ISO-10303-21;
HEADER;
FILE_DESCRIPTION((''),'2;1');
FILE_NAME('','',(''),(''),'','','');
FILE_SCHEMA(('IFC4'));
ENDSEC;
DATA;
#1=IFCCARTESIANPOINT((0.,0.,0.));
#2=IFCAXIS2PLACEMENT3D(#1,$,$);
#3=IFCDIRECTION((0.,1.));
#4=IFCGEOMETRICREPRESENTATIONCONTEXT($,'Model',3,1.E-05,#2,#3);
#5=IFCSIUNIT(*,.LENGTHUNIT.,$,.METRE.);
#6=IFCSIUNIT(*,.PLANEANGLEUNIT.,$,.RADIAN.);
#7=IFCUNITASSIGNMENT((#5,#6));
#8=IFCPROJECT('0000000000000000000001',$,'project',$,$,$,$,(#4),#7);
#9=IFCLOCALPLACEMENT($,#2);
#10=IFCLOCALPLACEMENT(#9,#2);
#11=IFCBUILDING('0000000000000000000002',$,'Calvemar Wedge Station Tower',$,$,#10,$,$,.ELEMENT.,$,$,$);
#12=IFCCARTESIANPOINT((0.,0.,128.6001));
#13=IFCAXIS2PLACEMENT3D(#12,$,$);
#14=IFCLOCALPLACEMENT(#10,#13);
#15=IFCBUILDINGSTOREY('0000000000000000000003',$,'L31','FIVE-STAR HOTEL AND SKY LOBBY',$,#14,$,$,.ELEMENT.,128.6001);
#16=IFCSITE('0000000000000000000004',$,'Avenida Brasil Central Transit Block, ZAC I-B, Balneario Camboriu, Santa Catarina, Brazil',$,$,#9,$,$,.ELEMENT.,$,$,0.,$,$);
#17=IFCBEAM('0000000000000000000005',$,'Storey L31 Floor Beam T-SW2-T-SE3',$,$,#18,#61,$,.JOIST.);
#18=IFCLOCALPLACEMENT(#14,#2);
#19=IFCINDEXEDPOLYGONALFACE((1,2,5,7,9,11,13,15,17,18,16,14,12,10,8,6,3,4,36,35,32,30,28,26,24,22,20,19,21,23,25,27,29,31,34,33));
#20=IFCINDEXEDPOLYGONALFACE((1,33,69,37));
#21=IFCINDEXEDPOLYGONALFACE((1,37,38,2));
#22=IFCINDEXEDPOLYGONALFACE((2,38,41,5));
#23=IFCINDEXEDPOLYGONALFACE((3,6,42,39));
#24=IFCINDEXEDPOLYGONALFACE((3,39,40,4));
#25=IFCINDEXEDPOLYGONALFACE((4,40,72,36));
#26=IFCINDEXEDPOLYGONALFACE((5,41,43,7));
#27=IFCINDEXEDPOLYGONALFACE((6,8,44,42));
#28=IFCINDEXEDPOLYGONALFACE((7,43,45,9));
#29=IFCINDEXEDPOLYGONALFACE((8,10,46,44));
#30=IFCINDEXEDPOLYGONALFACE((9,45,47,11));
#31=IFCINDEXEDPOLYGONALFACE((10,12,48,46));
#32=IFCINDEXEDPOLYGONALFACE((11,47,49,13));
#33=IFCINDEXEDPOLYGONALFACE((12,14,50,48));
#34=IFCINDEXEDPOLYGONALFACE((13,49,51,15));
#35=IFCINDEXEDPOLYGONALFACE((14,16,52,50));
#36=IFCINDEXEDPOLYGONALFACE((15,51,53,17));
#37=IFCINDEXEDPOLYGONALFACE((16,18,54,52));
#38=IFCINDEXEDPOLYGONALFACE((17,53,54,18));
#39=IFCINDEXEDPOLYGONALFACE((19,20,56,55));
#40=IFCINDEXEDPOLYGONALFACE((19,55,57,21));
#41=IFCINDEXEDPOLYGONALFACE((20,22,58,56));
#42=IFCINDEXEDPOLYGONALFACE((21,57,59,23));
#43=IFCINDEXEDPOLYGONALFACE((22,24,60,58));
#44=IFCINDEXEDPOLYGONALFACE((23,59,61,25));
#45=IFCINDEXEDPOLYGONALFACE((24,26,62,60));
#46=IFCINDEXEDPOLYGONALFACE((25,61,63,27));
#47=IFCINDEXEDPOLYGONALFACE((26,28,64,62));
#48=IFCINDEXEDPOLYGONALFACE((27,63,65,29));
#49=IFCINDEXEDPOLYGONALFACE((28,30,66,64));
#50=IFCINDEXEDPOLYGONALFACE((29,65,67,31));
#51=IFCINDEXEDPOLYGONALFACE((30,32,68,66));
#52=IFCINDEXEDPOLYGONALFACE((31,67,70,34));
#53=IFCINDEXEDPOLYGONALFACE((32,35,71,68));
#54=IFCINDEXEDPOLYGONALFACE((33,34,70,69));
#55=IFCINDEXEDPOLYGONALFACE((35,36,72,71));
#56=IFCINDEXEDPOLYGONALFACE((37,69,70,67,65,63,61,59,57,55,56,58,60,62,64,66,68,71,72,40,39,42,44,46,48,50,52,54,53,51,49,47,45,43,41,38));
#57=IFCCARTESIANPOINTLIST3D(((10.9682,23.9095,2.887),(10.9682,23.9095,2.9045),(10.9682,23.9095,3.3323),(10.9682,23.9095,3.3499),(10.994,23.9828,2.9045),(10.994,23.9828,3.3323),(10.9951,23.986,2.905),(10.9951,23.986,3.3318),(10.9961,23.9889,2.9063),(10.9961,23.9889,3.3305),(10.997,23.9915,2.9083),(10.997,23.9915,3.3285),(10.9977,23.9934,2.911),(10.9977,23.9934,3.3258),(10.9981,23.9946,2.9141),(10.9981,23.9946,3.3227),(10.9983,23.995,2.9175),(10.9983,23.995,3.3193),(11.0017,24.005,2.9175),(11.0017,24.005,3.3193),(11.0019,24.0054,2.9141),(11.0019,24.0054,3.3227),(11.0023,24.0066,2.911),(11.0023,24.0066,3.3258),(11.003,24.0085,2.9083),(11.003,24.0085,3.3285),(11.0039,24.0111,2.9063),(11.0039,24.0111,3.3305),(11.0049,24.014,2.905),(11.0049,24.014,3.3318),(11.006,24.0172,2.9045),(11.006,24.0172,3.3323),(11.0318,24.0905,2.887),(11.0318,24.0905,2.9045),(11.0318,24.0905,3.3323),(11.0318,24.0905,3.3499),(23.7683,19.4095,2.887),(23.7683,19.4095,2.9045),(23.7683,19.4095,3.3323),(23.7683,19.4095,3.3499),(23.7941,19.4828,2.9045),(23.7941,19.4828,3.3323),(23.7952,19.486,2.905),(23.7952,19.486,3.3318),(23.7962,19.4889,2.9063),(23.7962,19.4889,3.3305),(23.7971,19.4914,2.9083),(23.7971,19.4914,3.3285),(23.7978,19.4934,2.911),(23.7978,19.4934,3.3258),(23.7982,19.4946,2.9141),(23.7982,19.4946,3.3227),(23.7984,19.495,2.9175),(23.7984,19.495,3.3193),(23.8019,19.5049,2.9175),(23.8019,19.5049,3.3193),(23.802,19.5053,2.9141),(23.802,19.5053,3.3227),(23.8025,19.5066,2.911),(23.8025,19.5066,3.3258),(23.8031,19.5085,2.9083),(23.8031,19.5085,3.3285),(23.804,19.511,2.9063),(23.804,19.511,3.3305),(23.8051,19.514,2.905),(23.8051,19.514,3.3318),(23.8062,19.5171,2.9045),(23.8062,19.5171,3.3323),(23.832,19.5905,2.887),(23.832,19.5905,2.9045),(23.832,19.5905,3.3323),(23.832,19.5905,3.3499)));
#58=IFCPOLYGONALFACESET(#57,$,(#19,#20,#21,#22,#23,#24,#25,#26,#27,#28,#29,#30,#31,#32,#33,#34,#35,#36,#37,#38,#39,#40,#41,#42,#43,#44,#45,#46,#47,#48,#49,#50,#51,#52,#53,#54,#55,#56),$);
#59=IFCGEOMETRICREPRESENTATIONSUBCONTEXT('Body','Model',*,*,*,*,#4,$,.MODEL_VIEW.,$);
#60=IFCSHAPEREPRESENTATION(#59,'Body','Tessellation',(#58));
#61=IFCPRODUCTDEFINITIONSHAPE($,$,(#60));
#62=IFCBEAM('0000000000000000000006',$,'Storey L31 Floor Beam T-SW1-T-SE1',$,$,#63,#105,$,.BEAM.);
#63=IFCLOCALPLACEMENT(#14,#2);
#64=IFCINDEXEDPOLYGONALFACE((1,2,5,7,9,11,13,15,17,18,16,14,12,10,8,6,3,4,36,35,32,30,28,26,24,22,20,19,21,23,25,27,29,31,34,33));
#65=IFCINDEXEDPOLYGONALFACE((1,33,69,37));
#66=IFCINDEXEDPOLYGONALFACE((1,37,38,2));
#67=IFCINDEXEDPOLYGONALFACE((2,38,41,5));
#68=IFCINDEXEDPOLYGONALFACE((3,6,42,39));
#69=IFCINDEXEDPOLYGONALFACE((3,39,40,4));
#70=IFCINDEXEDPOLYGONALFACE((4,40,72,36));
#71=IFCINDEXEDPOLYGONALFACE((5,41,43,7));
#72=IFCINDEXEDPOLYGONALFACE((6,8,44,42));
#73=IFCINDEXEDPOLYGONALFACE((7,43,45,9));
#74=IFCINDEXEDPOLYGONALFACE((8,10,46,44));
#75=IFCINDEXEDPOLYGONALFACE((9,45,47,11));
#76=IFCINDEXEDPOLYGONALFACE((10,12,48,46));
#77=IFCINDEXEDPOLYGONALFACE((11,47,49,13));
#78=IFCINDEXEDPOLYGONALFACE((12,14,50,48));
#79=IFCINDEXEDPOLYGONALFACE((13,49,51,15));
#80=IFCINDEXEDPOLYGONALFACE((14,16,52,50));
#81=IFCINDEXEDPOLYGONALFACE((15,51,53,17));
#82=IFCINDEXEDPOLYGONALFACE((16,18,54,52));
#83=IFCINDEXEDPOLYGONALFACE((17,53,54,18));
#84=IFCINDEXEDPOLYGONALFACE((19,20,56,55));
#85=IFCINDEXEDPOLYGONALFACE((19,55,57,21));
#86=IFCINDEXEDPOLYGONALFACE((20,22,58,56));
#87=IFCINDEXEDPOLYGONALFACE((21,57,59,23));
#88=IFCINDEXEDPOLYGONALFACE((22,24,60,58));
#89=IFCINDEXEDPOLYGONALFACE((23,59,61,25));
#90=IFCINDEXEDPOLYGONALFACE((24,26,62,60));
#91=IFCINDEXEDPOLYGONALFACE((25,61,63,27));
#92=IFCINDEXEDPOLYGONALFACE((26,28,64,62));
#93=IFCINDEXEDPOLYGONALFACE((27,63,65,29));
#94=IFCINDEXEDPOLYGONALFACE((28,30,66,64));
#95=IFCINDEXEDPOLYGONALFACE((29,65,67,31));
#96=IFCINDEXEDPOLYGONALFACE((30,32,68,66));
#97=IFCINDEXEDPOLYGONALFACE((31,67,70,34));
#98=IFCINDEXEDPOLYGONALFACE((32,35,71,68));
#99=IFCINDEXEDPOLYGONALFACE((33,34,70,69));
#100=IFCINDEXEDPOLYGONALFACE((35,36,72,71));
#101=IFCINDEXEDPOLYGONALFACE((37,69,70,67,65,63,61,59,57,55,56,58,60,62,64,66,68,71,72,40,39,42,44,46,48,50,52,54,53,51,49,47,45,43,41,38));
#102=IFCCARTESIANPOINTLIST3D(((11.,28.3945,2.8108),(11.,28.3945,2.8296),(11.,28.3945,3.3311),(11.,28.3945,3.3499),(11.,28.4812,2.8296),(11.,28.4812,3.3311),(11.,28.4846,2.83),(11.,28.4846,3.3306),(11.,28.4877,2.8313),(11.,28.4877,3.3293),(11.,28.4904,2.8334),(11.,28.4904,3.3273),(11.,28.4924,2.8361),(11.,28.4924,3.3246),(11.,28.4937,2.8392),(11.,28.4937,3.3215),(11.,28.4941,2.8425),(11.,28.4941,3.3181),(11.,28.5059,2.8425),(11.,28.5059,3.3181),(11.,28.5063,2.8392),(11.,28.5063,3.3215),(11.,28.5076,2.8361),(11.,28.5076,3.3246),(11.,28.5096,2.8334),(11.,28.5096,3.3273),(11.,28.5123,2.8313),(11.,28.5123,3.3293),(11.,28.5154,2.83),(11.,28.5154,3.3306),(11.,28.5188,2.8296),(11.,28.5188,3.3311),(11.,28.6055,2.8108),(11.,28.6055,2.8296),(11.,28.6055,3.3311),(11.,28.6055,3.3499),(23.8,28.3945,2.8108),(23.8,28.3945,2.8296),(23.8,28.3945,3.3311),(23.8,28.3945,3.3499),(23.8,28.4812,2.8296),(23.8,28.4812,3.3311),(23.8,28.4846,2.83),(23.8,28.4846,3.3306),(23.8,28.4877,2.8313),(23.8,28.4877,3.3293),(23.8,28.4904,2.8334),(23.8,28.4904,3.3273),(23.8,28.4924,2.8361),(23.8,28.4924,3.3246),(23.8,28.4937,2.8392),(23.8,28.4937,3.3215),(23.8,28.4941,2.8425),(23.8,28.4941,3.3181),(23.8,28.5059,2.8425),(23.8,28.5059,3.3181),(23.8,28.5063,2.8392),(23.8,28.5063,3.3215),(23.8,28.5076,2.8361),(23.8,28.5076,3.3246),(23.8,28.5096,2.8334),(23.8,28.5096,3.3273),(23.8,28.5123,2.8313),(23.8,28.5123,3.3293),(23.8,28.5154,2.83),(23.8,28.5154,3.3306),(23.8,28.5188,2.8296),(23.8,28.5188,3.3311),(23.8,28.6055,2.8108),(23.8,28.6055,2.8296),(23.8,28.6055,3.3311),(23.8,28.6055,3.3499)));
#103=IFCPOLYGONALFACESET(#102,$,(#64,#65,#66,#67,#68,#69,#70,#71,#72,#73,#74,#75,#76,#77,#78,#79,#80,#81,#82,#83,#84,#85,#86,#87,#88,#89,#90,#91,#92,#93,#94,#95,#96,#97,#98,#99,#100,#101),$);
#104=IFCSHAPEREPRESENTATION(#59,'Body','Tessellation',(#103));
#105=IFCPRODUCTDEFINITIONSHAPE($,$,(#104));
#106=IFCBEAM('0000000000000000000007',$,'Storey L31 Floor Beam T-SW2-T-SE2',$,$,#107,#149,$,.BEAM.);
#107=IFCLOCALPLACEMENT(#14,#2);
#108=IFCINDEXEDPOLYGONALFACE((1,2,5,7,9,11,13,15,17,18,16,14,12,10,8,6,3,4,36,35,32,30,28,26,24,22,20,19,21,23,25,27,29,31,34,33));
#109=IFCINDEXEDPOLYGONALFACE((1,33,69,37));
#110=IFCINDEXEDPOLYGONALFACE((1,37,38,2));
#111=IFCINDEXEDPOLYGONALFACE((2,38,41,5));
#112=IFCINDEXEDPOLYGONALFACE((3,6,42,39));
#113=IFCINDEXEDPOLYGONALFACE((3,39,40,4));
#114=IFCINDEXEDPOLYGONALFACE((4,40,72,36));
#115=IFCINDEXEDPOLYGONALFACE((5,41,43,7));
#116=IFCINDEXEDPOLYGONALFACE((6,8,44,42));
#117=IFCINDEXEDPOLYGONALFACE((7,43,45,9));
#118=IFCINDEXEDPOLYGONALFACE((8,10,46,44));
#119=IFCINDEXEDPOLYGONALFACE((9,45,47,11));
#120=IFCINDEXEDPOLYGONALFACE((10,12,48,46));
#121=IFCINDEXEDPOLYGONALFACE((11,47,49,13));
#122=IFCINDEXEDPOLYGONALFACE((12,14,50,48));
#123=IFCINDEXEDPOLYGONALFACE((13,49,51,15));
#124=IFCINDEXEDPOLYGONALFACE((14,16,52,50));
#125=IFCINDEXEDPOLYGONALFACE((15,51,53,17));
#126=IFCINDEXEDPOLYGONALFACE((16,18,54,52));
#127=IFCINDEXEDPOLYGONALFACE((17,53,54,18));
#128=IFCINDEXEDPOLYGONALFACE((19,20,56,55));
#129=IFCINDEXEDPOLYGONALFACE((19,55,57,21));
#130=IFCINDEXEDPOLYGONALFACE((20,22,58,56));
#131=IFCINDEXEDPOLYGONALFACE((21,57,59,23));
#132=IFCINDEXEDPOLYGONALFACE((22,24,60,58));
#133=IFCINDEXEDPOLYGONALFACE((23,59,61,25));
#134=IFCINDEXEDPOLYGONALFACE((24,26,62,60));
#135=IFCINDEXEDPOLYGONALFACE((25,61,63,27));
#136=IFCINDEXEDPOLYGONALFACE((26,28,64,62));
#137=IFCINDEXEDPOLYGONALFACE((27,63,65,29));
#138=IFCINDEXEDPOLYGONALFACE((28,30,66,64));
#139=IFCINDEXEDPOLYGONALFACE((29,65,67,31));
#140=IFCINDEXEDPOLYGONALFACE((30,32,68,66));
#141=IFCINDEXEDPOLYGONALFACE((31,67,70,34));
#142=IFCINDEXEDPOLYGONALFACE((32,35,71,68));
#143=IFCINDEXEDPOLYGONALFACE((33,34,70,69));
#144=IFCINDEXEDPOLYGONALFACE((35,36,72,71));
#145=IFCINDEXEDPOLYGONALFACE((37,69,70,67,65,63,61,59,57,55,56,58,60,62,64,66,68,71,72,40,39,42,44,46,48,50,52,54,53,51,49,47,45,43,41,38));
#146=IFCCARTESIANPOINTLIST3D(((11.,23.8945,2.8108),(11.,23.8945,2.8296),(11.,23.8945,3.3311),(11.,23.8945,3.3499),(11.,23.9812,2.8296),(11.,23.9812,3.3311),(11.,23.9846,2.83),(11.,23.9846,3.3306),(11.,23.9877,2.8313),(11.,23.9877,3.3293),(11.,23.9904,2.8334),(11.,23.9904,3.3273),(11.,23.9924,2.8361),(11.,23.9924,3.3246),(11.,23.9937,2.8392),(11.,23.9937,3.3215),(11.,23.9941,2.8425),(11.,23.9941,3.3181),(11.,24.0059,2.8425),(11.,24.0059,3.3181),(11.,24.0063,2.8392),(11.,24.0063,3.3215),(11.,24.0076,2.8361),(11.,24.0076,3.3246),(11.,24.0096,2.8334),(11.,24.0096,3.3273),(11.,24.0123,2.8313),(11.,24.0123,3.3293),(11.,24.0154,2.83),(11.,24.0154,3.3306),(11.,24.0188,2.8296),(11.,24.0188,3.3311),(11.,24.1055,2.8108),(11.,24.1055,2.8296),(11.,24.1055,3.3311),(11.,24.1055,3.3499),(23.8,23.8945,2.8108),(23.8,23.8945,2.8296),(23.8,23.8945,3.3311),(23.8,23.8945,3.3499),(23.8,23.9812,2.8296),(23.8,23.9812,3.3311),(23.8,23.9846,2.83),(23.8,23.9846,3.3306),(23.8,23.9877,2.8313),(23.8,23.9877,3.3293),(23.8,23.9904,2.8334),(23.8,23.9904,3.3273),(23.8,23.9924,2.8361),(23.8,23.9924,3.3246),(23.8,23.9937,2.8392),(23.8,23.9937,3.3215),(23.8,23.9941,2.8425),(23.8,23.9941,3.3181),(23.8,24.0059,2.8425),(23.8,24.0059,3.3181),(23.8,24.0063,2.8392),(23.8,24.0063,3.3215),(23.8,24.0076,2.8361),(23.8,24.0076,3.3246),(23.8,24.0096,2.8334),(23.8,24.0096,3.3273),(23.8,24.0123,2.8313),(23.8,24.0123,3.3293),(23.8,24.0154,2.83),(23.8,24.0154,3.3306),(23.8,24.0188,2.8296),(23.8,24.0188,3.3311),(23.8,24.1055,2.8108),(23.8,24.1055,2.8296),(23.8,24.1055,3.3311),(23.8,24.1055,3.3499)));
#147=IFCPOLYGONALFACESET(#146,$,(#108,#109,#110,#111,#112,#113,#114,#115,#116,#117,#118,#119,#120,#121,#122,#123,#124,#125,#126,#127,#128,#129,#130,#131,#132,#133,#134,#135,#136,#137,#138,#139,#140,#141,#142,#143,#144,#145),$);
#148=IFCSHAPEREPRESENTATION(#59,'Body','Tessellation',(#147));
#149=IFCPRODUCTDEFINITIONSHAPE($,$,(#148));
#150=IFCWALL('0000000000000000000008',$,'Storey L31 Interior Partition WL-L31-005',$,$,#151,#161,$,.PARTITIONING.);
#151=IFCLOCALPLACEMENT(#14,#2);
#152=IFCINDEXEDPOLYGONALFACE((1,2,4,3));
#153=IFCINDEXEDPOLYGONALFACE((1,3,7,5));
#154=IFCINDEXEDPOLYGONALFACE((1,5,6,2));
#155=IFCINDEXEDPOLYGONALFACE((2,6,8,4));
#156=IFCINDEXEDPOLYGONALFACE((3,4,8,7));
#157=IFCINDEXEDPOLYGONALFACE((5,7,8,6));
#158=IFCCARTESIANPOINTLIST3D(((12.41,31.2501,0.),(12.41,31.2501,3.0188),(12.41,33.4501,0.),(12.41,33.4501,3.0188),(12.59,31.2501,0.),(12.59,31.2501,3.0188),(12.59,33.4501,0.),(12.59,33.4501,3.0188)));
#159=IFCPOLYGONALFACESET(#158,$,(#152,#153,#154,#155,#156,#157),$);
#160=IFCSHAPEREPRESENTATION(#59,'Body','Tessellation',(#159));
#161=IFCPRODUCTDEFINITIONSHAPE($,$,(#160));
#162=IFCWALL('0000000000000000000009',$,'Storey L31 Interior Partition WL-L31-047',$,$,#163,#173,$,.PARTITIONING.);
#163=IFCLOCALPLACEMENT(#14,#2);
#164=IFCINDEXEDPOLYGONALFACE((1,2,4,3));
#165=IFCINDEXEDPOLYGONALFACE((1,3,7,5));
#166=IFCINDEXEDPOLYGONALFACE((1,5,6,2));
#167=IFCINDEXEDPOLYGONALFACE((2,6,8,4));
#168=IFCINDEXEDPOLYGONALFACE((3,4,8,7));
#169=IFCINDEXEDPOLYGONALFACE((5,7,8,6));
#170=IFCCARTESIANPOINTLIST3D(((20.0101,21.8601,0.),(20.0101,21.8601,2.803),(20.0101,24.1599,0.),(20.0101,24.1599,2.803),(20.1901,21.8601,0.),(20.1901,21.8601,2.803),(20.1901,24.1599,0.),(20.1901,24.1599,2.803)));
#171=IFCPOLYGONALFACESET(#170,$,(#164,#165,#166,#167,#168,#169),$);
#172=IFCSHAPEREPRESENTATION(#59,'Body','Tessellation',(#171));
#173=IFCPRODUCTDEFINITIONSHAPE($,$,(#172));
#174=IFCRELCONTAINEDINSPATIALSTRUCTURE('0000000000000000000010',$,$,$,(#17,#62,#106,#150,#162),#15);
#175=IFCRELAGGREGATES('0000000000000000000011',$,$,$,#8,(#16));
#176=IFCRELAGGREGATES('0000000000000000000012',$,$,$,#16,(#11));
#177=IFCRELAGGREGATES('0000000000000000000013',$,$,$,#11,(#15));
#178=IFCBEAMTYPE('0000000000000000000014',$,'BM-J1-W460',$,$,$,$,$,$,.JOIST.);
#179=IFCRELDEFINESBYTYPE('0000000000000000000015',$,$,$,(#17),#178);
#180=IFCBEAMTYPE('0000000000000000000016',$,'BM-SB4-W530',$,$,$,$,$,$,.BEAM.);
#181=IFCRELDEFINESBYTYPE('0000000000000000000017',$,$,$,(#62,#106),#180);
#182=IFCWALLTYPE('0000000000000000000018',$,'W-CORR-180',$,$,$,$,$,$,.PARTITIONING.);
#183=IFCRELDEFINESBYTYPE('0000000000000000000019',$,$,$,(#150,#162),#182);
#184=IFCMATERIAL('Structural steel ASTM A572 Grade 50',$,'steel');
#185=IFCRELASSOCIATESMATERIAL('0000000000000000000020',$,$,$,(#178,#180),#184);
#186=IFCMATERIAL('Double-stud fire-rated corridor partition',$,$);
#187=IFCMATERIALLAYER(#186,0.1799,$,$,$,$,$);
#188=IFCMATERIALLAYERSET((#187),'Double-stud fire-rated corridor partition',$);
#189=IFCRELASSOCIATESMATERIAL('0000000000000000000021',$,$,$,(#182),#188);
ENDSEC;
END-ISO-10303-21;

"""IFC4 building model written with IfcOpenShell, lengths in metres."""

from ifc_helpers import new_model, si_unit, direction, frame, frame_2d, origin, origin_2d, place, context, subcontext, project, spatial, rectangle, i_section, extrude, source, transform, mapped, material, layer, layer_set, material_profile, profile_set, type_object, element, save


model = new_model("IFC4")

# Units and contexts
model_context = context("Model", 3, precision=1e-05, world=origin(), true_north=direction((0.0, 1.0)))
body_context = subcontext(model_context, "Body", "Model", "MODEL_VIEW")
ifc_project = project(units=[si_unit("LENGTHUNIT", "METRE"), si_unit("PLANEANGLEUNIT", "RADIAN")], contexts=[model_context])

# Site, building, storey
site_placement = place(None, origin())
site = spatial("IfcSite", under=ifc_project, at=site_placement, Name="Avenida Brasil Central Transit Block, ZAC I-B, Balneario Camboriu, Santa Catarina, Brazil", CompositionType="ELEMENT", RefElevation=0.0)
building_placement = place(site_placement, origin())
building = spatial("IfcBuilding", under=site, at=building_placement, Name="Calvemar Wedge Station Tower", CompositionType="ELEMENT")
storey_placement = place(building_placement, frame((0.0, 0.0, 128.6001)))
storey = spatial("IfcBuildingStorey", under=building, at=storey_placement, Name="L31", Description="FIVE-STAR HOTEL AND SKY LOBBY", CompositionType="ELEMENT", Elevation=128.6001)

# Beams
ifc_material_1 = material(Name="Structural steel ASTM A572 Grade 50", Category="steel")
ifc_material_profile_1 = material_profile(ifc_material_1, i_section(OverallWidth=0.1919, OverallDepth=0.4629, WebThickness=0.0105, FlangeThickness=0.0176, FilletRadius=0.0129, at=origin_2d()), Name="W460x89")
ifc_profile_set_1 = profile_set([ifc_material_profile_1], Name="Structural steel ASTM A572 Grade 50")
beam_type_1 = type_object("IfcBeamType", Name="BM-J1-W460", PredefinedType="JOIST", material=ifc_profile_set_1)
shared_shape_1 = source(origin(), body_context, "Body", "SweptSolid", [
    extrude(i_section(OverallWidth=0.1919, OverallDepth=0.4629, WebThickness=0.0105, FlangeThickness=0.0176, FilletRadius=0.0129, at=origin_2d()), origin(), (0.0, 0.0, 1.0), 13.5681),
])
for number, where, z_axis, x_axis, name in (
    (1, (11.0, 24.0, 3.1184), (0.943398, -0.331662, 0.0), (0.331662, 0.943398, 0.0), "Storey L31 Floor Beam T-SW2-T-SE3"),
):
    element("IfcBeam", number, at=place(storey_placement, frame(where, z_axis=z_axis, x_axis=x_axis)), inside=storey, type_object=beam_type_1, Name=name, PredefinedType="JOIST", context=body_context, shape_type="MappedRepresentation", body=[
        mapped(shared_shape_1, transform((0.0, 0.0, 0.0), scale=1.0)),
    ])
ifc_material_profile_2 = material_profile(ifc_material_1, i_section(OverallWidth=0.2109, OverallDepth=0.5391, WebThickness=0.0117, FlangeThickness=0.0188, FilletRadius=0.0129, at=origin_2d()), Name="W530x109")
ifc_profile_set_2 = profile_set([ifc_material_profile_2], Name="Structural steel ASTM A572 Grade 50")
beam_type_2 = type_object("IfcBeamType", Name="BM-SB4-W530", PredefinedType="BEAM", material=ifc_profile_set_2)
shared_shape_2 = source(origin(), body_context, "Body", "SweptSolid", [
    extrude(i_section(OverallWidth=0.2109, OverallDepth=0.5391, WebThickness=0.0117, FlangeThickness=0.0188, FilletRadius=0.0129, at=origin_2d()), origin(), (0.0, 0.0, 1.0), 12.8),
])
for number, where, z_axis, x_axis, name in (
    (2, (11.0, 28.5, 3.0803), (1.0, 0.0, 0.0), (0.0, 1.0, 0.0), "Storey L31 Floor Beam T-SW1-T-SE1"),
    (3, (11.0, 24.0, 3.0803), (1.0, 0.0, 0.0), (0.0, 1.0, 0.0), "Storey L31 Floor Beam T-SW2-T-SE2"),
):
    element("IfcBeam", number, at=place(storey_placement, frame(where, z_axis=z_axis, x_axis=x_axis)), inside=storey, type_object=beam_type_2, Name=name, PredefinedType="BEAM", context=body_context, shape_type="MappedRepresentation", body=[
        mapped(shared_shape_2, transform((0.0, 0.0, 0.0), scale=1.0)),
    ])

# Walls
ifc_material_2 = material(Name="Double-stud fire-rated corridor partition")
ifc_layer_1 = layer(ifc_material_2, 0.1799)
ifc_layer_set_1 = layer_set([ifc_layer_1], Name="Double-stud fire-rated corridor partition")
wall_type_1 = type_object("IfcWallType", Name="W-CORR-180", PredefinedType="PARTITIONING", material=ifc_layer_set_1)
wall_1_placement = place(storey_placement, frame((12.5, 31.25, 0.0), z_axis=(0.0, 0.0, 1.0), x_axis=(0.0, 1.0, 0.0)))
element("IfcWall", 4, at=wall_1_placement, inside=storey, type_object=wall_type_1, Name="Storey L31 Interior Partition WL-L31-005", PredefinedType="PARTITIONING", context=body_context, shape_type="SweptSolid", body=[
    extrude(rectangle(XDim=2.2, YDim=0.1799, at=frame_2d((1.1001, 0.0))), origin(), (0.0, 0.0, 1.0), 3.0188),
])
wall_2_placement = place(storey_placement, frame((20.1001, 24.1599, 0.0), z_axis=(0.0, 0.0, 1.0), x_axis=(0.0, -1.0, 0.0)))
element("IfcWall", 5, at=wall_2_placement, inside=storey, type_object=wall_type_1, Name="Storey L31 Interior Partition WL-L31-047", PredefinedType="PARTITIONING", context=body_context, shape_type="SweptSolid", body=[
    extrude(rectangle(XDim=2.2998, YDim=0.1799, at=frame_2d((1.1499, 0.0))), origin(), (0.0, 0.0, 1.0), 2.803),
])

save(model, "model.ifc")
